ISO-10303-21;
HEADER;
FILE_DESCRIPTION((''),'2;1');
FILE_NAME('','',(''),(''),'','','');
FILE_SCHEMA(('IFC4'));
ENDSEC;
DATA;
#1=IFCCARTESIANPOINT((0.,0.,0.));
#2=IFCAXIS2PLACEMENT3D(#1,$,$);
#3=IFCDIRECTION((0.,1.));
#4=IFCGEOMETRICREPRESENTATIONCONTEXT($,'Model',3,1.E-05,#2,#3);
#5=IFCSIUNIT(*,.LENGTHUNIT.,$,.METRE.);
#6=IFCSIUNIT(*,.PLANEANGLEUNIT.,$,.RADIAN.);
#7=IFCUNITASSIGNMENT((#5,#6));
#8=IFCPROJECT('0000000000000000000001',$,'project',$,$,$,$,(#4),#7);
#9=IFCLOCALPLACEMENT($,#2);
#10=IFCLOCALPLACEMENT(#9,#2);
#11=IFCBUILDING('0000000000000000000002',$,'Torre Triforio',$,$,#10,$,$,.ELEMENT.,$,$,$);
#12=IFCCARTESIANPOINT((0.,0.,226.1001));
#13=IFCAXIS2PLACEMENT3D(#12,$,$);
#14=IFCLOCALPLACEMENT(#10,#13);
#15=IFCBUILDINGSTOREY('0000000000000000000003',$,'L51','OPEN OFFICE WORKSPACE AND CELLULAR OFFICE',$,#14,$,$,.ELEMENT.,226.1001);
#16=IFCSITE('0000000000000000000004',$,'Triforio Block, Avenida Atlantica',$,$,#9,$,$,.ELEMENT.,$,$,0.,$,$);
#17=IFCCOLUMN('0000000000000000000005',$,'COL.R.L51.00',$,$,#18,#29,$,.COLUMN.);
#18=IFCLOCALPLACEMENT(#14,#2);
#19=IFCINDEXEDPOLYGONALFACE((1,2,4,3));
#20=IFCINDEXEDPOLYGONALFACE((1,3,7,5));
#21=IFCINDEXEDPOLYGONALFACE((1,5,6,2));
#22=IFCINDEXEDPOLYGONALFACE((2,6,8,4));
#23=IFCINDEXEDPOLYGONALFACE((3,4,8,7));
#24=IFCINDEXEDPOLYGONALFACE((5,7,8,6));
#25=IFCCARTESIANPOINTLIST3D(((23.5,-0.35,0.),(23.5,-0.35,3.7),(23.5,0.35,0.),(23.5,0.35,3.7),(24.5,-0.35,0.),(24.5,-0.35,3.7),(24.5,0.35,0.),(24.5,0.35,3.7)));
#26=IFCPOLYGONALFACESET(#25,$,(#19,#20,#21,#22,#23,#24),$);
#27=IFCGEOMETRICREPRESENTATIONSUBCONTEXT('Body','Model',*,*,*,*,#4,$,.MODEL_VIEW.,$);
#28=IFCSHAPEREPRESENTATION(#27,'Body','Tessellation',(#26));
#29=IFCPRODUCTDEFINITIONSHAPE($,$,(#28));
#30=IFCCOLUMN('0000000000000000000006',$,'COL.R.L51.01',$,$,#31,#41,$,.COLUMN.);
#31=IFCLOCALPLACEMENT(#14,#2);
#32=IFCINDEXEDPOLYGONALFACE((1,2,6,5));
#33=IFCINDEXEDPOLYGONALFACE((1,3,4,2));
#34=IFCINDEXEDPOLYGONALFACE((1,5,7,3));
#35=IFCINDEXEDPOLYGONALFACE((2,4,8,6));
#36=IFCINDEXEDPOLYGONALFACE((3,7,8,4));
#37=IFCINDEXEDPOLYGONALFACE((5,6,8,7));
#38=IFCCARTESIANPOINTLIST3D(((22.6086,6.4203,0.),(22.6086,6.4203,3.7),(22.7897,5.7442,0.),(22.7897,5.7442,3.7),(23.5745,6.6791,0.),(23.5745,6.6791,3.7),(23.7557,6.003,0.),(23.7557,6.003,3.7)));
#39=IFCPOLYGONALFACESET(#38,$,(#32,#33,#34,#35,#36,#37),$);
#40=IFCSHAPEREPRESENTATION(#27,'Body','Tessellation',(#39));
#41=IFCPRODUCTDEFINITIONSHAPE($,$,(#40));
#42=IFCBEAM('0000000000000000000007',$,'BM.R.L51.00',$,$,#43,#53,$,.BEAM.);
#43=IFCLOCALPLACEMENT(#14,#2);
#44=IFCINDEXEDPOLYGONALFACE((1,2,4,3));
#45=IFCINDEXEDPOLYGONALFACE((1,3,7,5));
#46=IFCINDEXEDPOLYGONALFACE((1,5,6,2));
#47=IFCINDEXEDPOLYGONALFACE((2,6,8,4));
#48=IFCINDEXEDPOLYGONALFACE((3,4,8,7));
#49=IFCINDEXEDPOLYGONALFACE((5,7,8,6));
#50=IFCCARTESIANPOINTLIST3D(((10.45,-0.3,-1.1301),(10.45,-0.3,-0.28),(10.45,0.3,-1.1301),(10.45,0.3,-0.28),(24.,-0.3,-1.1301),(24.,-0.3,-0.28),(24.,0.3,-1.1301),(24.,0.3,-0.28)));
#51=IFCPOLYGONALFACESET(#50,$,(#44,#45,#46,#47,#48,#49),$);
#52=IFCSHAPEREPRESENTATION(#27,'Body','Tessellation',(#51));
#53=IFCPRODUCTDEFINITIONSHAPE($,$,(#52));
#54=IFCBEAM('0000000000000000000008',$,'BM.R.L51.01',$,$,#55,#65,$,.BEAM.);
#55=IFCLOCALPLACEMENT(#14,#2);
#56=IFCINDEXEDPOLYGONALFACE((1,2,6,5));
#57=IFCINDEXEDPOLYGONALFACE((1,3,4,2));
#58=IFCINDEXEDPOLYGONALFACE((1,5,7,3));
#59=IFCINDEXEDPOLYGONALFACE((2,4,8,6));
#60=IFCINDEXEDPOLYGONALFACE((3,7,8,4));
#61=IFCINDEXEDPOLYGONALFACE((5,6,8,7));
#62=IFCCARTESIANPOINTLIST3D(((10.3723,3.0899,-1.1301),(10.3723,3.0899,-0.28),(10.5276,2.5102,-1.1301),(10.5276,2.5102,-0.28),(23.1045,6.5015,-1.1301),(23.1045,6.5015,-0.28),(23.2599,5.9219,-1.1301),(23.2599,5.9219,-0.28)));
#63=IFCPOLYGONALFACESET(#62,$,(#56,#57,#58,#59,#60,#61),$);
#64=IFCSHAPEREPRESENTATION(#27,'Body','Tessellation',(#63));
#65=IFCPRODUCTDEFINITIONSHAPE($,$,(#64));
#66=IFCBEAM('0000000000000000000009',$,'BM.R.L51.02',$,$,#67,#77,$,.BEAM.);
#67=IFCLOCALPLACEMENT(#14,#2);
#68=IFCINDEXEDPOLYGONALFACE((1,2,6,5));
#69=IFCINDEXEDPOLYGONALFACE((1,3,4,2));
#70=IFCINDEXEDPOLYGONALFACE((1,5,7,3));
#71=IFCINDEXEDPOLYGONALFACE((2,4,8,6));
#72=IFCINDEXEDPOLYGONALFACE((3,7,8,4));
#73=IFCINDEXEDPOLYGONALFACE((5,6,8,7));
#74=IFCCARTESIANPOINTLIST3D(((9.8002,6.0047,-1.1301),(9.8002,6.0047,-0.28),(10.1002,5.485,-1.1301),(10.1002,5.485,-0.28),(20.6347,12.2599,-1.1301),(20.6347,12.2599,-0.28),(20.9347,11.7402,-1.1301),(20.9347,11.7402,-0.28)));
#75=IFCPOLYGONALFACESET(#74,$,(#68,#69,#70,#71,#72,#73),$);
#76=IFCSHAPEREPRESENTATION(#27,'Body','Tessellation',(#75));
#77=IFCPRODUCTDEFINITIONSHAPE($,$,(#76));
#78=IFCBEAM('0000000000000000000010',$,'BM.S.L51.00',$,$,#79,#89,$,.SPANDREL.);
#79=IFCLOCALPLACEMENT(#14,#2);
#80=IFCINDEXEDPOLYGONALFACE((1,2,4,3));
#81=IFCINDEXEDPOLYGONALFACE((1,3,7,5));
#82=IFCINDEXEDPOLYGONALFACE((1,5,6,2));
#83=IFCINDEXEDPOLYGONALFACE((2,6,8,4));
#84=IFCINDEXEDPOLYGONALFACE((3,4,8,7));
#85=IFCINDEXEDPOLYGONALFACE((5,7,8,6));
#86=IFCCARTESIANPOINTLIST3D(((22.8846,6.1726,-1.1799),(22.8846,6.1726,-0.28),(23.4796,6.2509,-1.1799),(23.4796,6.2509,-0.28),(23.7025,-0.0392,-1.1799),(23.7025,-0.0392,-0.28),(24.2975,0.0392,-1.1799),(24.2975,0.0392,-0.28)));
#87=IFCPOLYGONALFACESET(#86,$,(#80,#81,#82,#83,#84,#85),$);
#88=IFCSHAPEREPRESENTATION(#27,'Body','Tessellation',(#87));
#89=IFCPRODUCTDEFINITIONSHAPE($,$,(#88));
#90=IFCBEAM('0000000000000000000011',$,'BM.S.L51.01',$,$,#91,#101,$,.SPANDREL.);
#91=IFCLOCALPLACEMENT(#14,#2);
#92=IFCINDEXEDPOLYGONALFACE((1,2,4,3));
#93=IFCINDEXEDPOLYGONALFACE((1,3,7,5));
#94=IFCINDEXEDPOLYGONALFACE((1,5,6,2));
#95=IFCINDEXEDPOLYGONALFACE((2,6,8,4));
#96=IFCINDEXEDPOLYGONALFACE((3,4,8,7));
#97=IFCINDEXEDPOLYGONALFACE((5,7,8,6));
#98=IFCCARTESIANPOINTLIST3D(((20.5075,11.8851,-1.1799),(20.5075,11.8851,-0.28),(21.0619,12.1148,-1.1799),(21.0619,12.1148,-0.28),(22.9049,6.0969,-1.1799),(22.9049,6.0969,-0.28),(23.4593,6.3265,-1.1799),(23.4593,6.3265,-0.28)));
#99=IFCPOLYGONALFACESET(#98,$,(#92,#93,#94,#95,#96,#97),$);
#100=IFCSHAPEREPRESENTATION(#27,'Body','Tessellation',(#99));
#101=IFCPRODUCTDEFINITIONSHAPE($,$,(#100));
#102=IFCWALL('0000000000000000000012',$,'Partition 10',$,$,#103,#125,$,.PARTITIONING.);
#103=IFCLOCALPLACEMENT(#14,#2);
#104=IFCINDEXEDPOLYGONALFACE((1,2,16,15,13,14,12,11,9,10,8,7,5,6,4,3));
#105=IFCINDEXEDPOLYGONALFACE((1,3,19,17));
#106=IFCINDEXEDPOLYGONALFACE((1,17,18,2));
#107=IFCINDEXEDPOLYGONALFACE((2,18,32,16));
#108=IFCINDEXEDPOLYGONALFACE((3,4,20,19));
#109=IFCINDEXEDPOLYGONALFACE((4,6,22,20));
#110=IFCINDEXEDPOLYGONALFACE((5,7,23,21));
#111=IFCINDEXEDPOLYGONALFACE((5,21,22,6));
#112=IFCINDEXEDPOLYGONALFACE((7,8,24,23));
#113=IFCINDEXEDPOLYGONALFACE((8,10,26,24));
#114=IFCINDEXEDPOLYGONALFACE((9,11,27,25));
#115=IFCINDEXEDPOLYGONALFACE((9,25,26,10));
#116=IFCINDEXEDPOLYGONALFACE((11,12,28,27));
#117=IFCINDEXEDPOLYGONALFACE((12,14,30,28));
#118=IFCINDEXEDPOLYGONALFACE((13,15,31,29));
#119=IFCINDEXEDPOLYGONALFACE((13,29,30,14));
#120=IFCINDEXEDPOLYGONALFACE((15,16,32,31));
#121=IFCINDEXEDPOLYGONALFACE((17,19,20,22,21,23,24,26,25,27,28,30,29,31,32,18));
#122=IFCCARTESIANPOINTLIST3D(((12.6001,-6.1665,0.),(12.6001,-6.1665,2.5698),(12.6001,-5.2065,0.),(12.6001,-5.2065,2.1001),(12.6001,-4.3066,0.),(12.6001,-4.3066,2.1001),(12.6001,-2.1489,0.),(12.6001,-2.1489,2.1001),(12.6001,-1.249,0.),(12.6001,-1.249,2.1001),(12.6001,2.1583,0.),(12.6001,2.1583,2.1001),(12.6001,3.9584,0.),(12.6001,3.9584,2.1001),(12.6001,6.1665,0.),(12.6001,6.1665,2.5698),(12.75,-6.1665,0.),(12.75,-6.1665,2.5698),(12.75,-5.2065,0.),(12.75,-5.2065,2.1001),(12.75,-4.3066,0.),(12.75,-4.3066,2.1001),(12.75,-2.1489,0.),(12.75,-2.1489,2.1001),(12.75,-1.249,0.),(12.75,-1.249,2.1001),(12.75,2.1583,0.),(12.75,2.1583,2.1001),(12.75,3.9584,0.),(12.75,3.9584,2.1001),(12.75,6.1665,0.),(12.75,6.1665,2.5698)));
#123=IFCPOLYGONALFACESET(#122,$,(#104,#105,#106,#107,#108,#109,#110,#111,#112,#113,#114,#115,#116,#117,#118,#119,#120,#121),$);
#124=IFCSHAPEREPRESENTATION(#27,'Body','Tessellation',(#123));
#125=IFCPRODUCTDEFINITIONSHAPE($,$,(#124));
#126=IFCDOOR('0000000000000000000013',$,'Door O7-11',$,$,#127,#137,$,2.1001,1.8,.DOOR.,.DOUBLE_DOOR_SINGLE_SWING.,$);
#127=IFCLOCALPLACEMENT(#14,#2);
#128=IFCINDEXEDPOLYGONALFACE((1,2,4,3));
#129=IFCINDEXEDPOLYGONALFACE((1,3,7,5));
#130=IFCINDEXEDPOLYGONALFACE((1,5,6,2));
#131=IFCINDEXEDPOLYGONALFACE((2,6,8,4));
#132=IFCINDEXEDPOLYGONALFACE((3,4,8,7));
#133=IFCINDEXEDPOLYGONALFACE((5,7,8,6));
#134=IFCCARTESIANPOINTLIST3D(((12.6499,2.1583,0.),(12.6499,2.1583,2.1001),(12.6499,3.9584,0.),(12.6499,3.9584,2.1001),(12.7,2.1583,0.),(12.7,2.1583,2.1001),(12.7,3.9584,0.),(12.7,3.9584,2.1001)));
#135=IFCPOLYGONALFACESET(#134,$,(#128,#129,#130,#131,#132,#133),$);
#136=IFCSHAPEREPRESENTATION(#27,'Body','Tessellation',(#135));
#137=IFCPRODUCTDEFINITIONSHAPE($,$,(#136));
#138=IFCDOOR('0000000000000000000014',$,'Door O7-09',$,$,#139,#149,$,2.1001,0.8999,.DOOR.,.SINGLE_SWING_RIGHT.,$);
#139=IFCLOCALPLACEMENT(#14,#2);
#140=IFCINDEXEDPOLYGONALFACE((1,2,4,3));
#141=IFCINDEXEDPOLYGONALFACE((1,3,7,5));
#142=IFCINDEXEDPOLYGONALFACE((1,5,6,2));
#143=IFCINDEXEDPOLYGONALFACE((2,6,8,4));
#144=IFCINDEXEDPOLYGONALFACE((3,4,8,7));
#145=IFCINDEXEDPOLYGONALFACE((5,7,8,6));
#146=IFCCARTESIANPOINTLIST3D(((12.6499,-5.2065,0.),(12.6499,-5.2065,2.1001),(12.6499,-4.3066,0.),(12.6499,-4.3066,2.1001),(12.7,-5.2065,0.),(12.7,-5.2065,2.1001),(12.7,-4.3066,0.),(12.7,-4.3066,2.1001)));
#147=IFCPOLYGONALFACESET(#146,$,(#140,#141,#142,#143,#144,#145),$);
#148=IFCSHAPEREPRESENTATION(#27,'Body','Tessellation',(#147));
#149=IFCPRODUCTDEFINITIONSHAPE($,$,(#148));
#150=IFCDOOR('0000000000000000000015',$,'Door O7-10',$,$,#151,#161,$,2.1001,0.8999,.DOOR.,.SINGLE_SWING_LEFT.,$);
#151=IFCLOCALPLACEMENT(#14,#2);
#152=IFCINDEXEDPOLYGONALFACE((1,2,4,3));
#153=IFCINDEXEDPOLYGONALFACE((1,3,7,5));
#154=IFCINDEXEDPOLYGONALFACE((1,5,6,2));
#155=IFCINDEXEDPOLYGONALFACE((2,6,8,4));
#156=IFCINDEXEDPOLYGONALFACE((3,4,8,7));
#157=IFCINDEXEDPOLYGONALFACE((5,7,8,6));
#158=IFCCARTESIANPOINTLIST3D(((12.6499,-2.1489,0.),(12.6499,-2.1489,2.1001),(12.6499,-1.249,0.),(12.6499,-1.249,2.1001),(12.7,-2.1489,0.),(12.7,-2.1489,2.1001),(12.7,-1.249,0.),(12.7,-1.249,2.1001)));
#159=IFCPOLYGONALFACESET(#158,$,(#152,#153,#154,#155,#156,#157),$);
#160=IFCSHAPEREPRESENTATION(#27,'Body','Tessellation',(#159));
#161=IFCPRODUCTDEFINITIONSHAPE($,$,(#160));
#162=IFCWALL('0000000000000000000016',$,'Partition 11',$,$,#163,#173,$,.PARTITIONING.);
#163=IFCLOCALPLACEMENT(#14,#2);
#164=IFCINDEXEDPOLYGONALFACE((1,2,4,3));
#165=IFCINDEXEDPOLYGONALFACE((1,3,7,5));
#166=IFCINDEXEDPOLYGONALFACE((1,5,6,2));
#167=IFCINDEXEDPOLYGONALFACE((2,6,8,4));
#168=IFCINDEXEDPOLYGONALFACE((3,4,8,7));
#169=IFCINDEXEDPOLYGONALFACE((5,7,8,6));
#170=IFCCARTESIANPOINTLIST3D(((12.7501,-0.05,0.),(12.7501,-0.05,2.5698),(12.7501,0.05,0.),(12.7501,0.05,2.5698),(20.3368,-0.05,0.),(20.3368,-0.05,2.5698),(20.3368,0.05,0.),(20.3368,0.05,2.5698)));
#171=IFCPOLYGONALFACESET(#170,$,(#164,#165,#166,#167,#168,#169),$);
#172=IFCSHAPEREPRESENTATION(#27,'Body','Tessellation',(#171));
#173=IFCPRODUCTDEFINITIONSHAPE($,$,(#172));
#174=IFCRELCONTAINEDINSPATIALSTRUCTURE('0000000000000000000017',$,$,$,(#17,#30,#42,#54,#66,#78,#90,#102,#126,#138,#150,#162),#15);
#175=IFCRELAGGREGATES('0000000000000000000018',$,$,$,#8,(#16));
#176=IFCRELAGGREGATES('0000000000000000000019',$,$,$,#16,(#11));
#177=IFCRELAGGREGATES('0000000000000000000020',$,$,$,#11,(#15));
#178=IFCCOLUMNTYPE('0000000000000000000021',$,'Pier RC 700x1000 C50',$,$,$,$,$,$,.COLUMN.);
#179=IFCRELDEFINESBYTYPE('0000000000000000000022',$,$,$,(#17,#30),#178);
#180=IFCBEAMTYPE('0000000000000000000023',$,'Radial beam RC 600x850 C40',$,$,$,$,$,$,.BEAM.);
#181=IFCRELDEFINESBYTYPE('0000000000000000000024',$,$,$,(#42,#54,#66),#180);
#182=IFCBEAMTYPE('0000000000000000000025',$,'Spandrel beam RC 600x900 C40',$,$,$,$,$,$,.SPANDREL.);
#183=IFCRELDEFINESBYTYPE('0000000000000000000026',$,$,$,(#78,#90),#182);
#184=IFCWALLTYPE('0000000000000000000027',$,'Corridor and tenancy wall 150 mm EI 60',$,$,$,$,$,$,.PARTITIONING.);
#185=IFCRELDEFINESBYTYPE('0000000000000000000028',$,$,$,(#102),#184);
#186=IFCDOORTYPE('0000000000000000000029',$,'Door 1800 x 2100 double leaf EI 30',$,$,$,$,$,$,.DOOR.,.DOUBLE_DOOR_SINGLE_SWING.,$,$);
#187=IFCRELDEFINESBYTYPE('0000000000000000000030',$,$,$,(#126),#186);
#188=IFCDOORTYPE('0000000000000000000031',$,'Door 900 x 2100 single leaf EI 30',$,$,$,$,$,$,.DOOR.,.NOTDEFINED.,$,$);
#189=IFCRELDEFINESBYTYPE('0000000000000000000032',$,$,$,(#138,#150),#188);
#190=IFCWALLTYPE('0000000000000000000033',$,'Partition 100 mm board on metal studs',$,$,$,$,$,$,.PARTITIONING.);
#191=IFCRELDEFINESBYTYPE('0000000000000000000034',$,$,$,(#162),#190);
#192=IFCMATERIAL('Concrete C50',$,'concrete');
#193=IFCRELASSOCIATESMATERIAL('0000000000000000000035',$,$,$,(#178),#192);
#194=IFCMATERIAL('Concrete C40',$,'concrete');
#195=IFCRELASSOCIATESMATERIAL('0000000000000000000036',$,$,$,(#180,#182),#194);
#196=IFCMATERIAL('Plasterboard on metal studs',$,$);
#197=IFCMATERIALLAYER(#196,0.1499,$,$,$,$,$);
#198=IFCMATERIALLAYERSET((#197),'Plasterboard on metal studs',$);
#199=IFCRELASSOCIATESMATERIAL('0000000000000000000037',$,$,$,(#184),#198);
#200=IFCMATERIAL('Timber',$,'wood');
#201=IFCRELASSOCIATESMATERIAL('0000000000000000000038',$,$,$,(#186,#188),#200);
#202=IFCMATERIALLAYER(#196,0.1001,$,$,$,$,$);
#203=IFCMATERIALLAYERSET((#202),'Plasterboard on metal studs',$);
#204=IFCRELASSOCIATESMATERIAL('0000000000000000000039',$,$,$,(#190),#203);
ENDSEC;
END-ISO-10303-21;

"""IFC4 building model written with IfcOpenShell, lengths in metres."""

from ifc_helpers import new_model, si_unit, direction, frame, frame_2d, origin, origin_2d, place, context, subcontext, project, spatial, rectangle, extrude, material, layer, layer_set, material_profile, profile_set, type_object, element, fill, save


model = new_model("IFC4")

# Units and contexts
model_context = context("Model", 3, precision=1e-05, world=origin(), true_north=direction((0.0, 1.0)))
body_context = subcontext(model_context, "Body", "Model", "MODEL_VIEW")
ifc_project = project(units=[si_unit("LENGTHUNIT", "METRE"), si_unit("PLANEANGLEUNIT", "RADIAN")], contexts=[model_context])

# Site, building, storey
site_placement = place(None, origin())
site = spatial("IfcSite", under=ifc_project, at=site_placement, Name="Triforio Block, Avenida Atlantica", CompositionType="ELEMENT", RefElevation=0.0)
building_placement = place(site_placement, origin())
building = spatial("IfcBuilding", under=site, at=building_placement, Name="Torre Triforio", CompositionType="ELEMENT")
storey_placement = place(building_placement, frame((0.0, 0.0, 226.1001)))
storey = spatial("IfcBuildingStorey", under=building, at=storey_placement, Name="L51", Description="OPEN OFFICE WORKSPACE AND CELLULAR OFFICE", CompositionType="ELEMENT", Elevation=226.1001)

# Columns
ifc_material_1 = material(Name="Concrete C50", Category="concrete")
ifc_material_profile_1 = material_profile(ifc_material_1, rectangle(XDim=0.7, YDim=1.0, at=origin_2d()), Name="RC 700x1000")
ifc_profile_set_1 = profile_set([ifc_material_profile_1], Name="Concrete C50")
column_type = type_object("IfcColumnType", Name="Pier RC 700x1000 C50", PredefinedType="COLUMN", material=ifc_profile_set_1)
for number, where, z_axis, x_axis, name in (
    (1, (24.0, 0.0, 0.0), (0.0, 0.0, 1.0), (0.0, 1.0, 0.0), "COL.R.L51.00"),
    (2, (23.1821, 6.2117, 0.0), (0.0, 0.0, 1.0), (-0.258819, 0.965926, 0.0), "COL.R.L51.01"),
):
    element("IfcColumn", number, at=place(storey_placement, frame(where, z_axis=z_axis, x_axis=x_axis)), inside=storey, type_object=column_type, Name=name, PredefinedType="COLUMN", context=body_context, shape_type="SweptSolid", body=[
        extrude(rectangle(XDim=0.7, YDim=1.0, at=origin_2d()), origin(), (0.0, 0.0, 1.0), 3.7),
    ])

# Beams
ifc_material_2 = material(Name="Concrete C40", Category="concrete")
ifc_material_profile_2 = material_profile(ifc_material_2, rectangle(XDim=0.6001, YDim=0.8501, at=origin_2d()), Name="RC 600x850")
ifc_profile_set_2 = profile_set([ifc_material_profile_2], Name="Concrete C40")
beam_type_1 = type_object("IfcBeamType", Name="Radial beam RC 600x850 C40", PredefinedType="BEAM", material=ifc_profile_set_2)
beam_1_placement = place(storey_placement, frame((10.45, 0.0, -0.7051), z_axis=(1.0, 0.0, 0.0), x_axis=(0.0, 1.0, 0.0)))
element("IfcBeam", 3, at=beam_1_placement, inside=storey, type_object=beam_type_1, Name="BM.R.L51.00", PredefinedType="BEAM", context=body_context, shape_type="SweptSolid", body=[
    extrude(rectangle(XDim=0.6001, YDim=0.8501, at=origin_2d()), origin(), (0.0, 0.0, 1.0), 13.55),
])
beam_2_placement = place(storey_placement, frame((10.45, 2.8, -0.7051), z_axis=(0.965925, 0.258822, 0.0), x_axis=(-0.258822, 0.965925, 0.0)))
element("IfcBeam", 4, at=beam_2_placement, inside=storey, type_object=beam_type_1, Name="BM.R.L51.01", PredefinedType="BEAM", context=body_context, shape_type="SweptSolid", body=[
    extrude(rectangle(XDim=0.6001, YDim=0.8501, at=origin_2d()), origin(), (0.0, 0.0, 1.0), 13.1814),
])
beam_3_placement = place(storey_placement, frame((9.9502, 5.7449, -0.7051), z_axis=(0.866031, 0.49999, 0.0), x_axis=(-0.49999, 0.866031, 0.0)))
element("IfcBeam", 5, at=beam_3_placement, inside=storey, type_object=beam_type_1, Name="BM.R.L51.02", PredefinedType="BEAM", context=body_context, shape_type="SweptSolid", body=[
    extrude(rectangle(XDim=0.6001, YDim=0.8501, at=origin_2d()), origin(), (0.0, 0.0, 1.0), 12.5105),
])
ifc_material_profile_3 = material_profile(ifc_material_2, rectangle(XDim=0.6001, YDim=0.8999, at=origin_2d()), Name="RC 600x900")
ifc_profile_set_3 = profile_set([ifc_material_profile_3], Name="Concrete C40")
beam_type_2 = type_object("IfcBeamType", Name="Spandrel beam RC 600x900 C40", PredefinedType="SPANDREL", material=ifc_profile_set_3)
beam_4_placement = place(storey_placement, frame((24.0, 0.0, -0.73), z_axis=(-0.13054, 0.991443, 0.0), x_axis=(-0.991443, -0.13054, 0.0)))
element("IfcBeam", 6, at=beam_4_placement, inside=storey, type_object=beam_type_2, Name="BM.S.L51.00", PredefinedType="SPANDREL", context=body_context, shape_type="SweptSolid", body=[
    extrude(rectangle(XDim=0.6001, YDim=0.8999, at=origin_2d()), origin(), (0.0, 0.0, 1.0), 6.2654),
])
beam_5_placement = place(storey_placement, frame((23.1821, 6.2117, -0.73), z_axis=(-0.382664, 0.923888, 0.0), x_axis=(-0.923888, -0.382664, 0.0)))
element("IfcBeam", 7, at=beam_5_placement, inside=storey, type_object=beam_type_2, Name="BM.S.L51.01", PredefinedType="SPANDREL", context=body_context, shape_type="SweptSolid", body=[
    extrude(rectangle(XDim=0.6001, YDim=0.8999, at=origin_2d()), origin(), (0.0, 0.0, 1.0), 6.2651),
])

# Wall, openings, doors
ifc_material_3 = material(Name="Plasterboard on metal studs")
ifc_layer_1 = layer(ifc_material_3, 0.1499)
ifc_layer_set_1 = layer_set([ifc_layer_1], Name="Plasterboard on metal studs")
wall_type_1 = type_object("IfcWallType", Name="Corridor and tenancy wall 150 mm EI 60", PredefinedType="PARTITIONING", material=ifc_layer_set_1)
wall_1_placement = place(storey_placement, frame((12.675, 6.1665, 0.0), z_axis=(0.0, 0.0, 1.0), x_axis=(0.0, -1.0, 0.0)))
wall_1 = element("IfcWall", 8, at=wall_1_placement, inside=storey, type_object=wall_type_1, Name="Partition 10", PredefinedType="PARTITIONING", context=body_context, shape_type="SweptSolid", body=[
    extrude(rectangle(XDim=12.333, YDim=0.1499, at=frame_2d((6.1665, 0.0))), origin(), (0.0, 0.0, 1.0), 2.5698),
])
opening_1_placement = place(wall_1_placement, frame((10.4731, 0.0, 0.0)))
opening_1 = element("IfcOpeningElement", 9, at=opening_1_placement, cuts=wall_1, PredefinedType="OPENING", context=body_context, shape_type="SweptSolid", body=[
    extrude(rectangle(XDim=0.8999, YDim=2.1001, at=frame_2d((0.45, 1.05))), frame((0.0, 0.085, 0.0), z_axis=(0.0, -1.0, 0.0), x_axis=(1.0, 0.0, 0.0)), (0.0, 0.0, 1.0), 0.1699),
])
opening_2_placement = place(wall_1_placement, frame((7.4155, 0.0, 0.0)))
opening_2 = element("IfcOpeningElement", 10, at=opening_2_placement, cuts=wall_1, PredefinedType="OPENING", context=body_context, shape_type="SweptSolid", body=[
    extrude(rectangle(XDim=0.8999, YDim=2.1001, at=frame_2d((0.45, 1.05))), frame((0.0, 0.085, 0.0), z_axis=(0.0, -1.0, 0.0), x_axis=(1.0, 0.0, 0.0)), (0.0, 0.0, 1.0), 0.1699),
])
opening_3_placement = place(wall_1_placement, frame((2.2083, 0.0, 0.0)))
opening_3 = element("IfcOpeningElement", 11, at=opening_3_placement, cuts=wall_1, PredefinedType="OPENING", context=body_context, shape_type="SweptSolid", body=[
    extrude(rectangle(XDim=1.8, YDim=2.1001, at=frame_2d((0.8999, 1.05))), frame((0.0, 0.085, 0.0), z_axis=(0.0, -1.0, 0.0), x_axis=(1.0, 0.0, 0.0)), (0.0, 0.0, 1.0), 0.1699),
])
ifc_material_4 = material(Name="Timber", Category="wood")
door_type_1 = type_object("IfcDoorType", Name="Door 1800 x 2100 double leaf EI 30", OperationType="DOUBLE_DOOR_SINGLE_SWING", PredefinedType="DOOR", material=ifc_material_4)
door_1_placement = place(opening_3_placement, origin())
door_1 = element("IfcDoor", 12, at=door_1_placement, inside=storey, type_object=door_type_1, Name="Door O7-11", OperationType="DOUBLE_DOOR_SINGLE_SWING", OverallHeight=2.1001, OverallWidth=1.8, PredefinedType="DOOR", context=body_context, shape_type="SweptSolid", body=[
    extrude(rectangle(XDim=1.8, YDim=2.1001, at=frame_2d((0.8999, 1.05))), frame((0.0, 0.0249, 0.0), z_axis=(0.0, -1.0, 0.0), x_axis=(1.0, 0.0, 0.0)), (0.0, 0.0, 1.0), 0.05),
])
fill(opening_3, door_1)
door_type_2 = type_object("IfcDoorType", Name="Door 900 x 2100 single leaf EI 30", OperationType="NOTDEFINED", PredefinedType="DOOR", material=ifc_material_4)
door_2_placement = place(opening_1_placement, origin())
door_2 = element("IfcDoor", 13, at=door_2_placement, inside=storey, type_object=door_type_2, Name="Door O7-09", OperationType="SINGLE_SWING_RIGHT", OverallHeight=2.1001, OverallWidth=0.8999, PredefinedType="DOOR", context=body_context, shape_type="SweptSolid", body=[
    extrude(rectangle(XDim=0.8999, YDim=2.1001, at=frame_2d((0.45, 1.05))), frame((0.0, 0.0249, 0.0), z_axis=(0.0, -1.0, 0.0), x_axis=(1.0, 0.0, 0.0)), (0.0, 0.0, 1.0), 0.05),
])
fill(opening_1, door_2)
door_3_placement = place(opening_2_placement, origin())
door_3 = element("IfcDoor", 14, at=door_3_placement, inside=storey, type_object=door_type_2, Name="Door O7-10", OperationType="SINGLE_SWING_LEFT", OverallHeight=2.1001, OverallWidth=0.8999, PredefinedType="DOOR", context=body_context, shape_type="SweptSolid", body=[
    extrude(rectangle(XDim=0.8999, YDim=2.1001, at=frame_2d((0.45, 1.05))), frame((0.0, 0.0249, 0.0), z_axis=(0.0, -1.0, 0.0), x_axis=(1.0, 0.0, 0.0)), (0.0, 0.0, 1.0), 0.05),
])
fill(opening_2, door_3)

# Wall
ifc_layer_2 = layer(ifc_material_3, 0.1001)
ifc_layer_set_2 = layer_set([ifc_layer_2], Name="Plasterboard on metal studs")
wall_type_2 = type_object("IfcWallType", Name="Partition 100 mm board on metal studs", PredefinedType="PARTITIONING", material=ifc_layer_set_2)
wall_2_placement = place(storey_placement, frame((12.75, 0.0, 0.0), z_axis=(0.0, 0.0, 1.0), x_axis=(1.0, 0.0, 0.0)))
element("IfcWall", 15, at=wall_2_placement, inside=storey, type_object=wall_type_2, Name="Partition 11", PredefinedType="PARTITIONING", context=body_context, shape_type="SweptSolid", body=[
    extrude(rectangle(XDim=7.5867, YDim=0.1001, at=frame_2d((3.7935, 0.0))), origin(), (0.0, 0.0, 1.0), 2.5698),
])

save(model, "model.ifc")
